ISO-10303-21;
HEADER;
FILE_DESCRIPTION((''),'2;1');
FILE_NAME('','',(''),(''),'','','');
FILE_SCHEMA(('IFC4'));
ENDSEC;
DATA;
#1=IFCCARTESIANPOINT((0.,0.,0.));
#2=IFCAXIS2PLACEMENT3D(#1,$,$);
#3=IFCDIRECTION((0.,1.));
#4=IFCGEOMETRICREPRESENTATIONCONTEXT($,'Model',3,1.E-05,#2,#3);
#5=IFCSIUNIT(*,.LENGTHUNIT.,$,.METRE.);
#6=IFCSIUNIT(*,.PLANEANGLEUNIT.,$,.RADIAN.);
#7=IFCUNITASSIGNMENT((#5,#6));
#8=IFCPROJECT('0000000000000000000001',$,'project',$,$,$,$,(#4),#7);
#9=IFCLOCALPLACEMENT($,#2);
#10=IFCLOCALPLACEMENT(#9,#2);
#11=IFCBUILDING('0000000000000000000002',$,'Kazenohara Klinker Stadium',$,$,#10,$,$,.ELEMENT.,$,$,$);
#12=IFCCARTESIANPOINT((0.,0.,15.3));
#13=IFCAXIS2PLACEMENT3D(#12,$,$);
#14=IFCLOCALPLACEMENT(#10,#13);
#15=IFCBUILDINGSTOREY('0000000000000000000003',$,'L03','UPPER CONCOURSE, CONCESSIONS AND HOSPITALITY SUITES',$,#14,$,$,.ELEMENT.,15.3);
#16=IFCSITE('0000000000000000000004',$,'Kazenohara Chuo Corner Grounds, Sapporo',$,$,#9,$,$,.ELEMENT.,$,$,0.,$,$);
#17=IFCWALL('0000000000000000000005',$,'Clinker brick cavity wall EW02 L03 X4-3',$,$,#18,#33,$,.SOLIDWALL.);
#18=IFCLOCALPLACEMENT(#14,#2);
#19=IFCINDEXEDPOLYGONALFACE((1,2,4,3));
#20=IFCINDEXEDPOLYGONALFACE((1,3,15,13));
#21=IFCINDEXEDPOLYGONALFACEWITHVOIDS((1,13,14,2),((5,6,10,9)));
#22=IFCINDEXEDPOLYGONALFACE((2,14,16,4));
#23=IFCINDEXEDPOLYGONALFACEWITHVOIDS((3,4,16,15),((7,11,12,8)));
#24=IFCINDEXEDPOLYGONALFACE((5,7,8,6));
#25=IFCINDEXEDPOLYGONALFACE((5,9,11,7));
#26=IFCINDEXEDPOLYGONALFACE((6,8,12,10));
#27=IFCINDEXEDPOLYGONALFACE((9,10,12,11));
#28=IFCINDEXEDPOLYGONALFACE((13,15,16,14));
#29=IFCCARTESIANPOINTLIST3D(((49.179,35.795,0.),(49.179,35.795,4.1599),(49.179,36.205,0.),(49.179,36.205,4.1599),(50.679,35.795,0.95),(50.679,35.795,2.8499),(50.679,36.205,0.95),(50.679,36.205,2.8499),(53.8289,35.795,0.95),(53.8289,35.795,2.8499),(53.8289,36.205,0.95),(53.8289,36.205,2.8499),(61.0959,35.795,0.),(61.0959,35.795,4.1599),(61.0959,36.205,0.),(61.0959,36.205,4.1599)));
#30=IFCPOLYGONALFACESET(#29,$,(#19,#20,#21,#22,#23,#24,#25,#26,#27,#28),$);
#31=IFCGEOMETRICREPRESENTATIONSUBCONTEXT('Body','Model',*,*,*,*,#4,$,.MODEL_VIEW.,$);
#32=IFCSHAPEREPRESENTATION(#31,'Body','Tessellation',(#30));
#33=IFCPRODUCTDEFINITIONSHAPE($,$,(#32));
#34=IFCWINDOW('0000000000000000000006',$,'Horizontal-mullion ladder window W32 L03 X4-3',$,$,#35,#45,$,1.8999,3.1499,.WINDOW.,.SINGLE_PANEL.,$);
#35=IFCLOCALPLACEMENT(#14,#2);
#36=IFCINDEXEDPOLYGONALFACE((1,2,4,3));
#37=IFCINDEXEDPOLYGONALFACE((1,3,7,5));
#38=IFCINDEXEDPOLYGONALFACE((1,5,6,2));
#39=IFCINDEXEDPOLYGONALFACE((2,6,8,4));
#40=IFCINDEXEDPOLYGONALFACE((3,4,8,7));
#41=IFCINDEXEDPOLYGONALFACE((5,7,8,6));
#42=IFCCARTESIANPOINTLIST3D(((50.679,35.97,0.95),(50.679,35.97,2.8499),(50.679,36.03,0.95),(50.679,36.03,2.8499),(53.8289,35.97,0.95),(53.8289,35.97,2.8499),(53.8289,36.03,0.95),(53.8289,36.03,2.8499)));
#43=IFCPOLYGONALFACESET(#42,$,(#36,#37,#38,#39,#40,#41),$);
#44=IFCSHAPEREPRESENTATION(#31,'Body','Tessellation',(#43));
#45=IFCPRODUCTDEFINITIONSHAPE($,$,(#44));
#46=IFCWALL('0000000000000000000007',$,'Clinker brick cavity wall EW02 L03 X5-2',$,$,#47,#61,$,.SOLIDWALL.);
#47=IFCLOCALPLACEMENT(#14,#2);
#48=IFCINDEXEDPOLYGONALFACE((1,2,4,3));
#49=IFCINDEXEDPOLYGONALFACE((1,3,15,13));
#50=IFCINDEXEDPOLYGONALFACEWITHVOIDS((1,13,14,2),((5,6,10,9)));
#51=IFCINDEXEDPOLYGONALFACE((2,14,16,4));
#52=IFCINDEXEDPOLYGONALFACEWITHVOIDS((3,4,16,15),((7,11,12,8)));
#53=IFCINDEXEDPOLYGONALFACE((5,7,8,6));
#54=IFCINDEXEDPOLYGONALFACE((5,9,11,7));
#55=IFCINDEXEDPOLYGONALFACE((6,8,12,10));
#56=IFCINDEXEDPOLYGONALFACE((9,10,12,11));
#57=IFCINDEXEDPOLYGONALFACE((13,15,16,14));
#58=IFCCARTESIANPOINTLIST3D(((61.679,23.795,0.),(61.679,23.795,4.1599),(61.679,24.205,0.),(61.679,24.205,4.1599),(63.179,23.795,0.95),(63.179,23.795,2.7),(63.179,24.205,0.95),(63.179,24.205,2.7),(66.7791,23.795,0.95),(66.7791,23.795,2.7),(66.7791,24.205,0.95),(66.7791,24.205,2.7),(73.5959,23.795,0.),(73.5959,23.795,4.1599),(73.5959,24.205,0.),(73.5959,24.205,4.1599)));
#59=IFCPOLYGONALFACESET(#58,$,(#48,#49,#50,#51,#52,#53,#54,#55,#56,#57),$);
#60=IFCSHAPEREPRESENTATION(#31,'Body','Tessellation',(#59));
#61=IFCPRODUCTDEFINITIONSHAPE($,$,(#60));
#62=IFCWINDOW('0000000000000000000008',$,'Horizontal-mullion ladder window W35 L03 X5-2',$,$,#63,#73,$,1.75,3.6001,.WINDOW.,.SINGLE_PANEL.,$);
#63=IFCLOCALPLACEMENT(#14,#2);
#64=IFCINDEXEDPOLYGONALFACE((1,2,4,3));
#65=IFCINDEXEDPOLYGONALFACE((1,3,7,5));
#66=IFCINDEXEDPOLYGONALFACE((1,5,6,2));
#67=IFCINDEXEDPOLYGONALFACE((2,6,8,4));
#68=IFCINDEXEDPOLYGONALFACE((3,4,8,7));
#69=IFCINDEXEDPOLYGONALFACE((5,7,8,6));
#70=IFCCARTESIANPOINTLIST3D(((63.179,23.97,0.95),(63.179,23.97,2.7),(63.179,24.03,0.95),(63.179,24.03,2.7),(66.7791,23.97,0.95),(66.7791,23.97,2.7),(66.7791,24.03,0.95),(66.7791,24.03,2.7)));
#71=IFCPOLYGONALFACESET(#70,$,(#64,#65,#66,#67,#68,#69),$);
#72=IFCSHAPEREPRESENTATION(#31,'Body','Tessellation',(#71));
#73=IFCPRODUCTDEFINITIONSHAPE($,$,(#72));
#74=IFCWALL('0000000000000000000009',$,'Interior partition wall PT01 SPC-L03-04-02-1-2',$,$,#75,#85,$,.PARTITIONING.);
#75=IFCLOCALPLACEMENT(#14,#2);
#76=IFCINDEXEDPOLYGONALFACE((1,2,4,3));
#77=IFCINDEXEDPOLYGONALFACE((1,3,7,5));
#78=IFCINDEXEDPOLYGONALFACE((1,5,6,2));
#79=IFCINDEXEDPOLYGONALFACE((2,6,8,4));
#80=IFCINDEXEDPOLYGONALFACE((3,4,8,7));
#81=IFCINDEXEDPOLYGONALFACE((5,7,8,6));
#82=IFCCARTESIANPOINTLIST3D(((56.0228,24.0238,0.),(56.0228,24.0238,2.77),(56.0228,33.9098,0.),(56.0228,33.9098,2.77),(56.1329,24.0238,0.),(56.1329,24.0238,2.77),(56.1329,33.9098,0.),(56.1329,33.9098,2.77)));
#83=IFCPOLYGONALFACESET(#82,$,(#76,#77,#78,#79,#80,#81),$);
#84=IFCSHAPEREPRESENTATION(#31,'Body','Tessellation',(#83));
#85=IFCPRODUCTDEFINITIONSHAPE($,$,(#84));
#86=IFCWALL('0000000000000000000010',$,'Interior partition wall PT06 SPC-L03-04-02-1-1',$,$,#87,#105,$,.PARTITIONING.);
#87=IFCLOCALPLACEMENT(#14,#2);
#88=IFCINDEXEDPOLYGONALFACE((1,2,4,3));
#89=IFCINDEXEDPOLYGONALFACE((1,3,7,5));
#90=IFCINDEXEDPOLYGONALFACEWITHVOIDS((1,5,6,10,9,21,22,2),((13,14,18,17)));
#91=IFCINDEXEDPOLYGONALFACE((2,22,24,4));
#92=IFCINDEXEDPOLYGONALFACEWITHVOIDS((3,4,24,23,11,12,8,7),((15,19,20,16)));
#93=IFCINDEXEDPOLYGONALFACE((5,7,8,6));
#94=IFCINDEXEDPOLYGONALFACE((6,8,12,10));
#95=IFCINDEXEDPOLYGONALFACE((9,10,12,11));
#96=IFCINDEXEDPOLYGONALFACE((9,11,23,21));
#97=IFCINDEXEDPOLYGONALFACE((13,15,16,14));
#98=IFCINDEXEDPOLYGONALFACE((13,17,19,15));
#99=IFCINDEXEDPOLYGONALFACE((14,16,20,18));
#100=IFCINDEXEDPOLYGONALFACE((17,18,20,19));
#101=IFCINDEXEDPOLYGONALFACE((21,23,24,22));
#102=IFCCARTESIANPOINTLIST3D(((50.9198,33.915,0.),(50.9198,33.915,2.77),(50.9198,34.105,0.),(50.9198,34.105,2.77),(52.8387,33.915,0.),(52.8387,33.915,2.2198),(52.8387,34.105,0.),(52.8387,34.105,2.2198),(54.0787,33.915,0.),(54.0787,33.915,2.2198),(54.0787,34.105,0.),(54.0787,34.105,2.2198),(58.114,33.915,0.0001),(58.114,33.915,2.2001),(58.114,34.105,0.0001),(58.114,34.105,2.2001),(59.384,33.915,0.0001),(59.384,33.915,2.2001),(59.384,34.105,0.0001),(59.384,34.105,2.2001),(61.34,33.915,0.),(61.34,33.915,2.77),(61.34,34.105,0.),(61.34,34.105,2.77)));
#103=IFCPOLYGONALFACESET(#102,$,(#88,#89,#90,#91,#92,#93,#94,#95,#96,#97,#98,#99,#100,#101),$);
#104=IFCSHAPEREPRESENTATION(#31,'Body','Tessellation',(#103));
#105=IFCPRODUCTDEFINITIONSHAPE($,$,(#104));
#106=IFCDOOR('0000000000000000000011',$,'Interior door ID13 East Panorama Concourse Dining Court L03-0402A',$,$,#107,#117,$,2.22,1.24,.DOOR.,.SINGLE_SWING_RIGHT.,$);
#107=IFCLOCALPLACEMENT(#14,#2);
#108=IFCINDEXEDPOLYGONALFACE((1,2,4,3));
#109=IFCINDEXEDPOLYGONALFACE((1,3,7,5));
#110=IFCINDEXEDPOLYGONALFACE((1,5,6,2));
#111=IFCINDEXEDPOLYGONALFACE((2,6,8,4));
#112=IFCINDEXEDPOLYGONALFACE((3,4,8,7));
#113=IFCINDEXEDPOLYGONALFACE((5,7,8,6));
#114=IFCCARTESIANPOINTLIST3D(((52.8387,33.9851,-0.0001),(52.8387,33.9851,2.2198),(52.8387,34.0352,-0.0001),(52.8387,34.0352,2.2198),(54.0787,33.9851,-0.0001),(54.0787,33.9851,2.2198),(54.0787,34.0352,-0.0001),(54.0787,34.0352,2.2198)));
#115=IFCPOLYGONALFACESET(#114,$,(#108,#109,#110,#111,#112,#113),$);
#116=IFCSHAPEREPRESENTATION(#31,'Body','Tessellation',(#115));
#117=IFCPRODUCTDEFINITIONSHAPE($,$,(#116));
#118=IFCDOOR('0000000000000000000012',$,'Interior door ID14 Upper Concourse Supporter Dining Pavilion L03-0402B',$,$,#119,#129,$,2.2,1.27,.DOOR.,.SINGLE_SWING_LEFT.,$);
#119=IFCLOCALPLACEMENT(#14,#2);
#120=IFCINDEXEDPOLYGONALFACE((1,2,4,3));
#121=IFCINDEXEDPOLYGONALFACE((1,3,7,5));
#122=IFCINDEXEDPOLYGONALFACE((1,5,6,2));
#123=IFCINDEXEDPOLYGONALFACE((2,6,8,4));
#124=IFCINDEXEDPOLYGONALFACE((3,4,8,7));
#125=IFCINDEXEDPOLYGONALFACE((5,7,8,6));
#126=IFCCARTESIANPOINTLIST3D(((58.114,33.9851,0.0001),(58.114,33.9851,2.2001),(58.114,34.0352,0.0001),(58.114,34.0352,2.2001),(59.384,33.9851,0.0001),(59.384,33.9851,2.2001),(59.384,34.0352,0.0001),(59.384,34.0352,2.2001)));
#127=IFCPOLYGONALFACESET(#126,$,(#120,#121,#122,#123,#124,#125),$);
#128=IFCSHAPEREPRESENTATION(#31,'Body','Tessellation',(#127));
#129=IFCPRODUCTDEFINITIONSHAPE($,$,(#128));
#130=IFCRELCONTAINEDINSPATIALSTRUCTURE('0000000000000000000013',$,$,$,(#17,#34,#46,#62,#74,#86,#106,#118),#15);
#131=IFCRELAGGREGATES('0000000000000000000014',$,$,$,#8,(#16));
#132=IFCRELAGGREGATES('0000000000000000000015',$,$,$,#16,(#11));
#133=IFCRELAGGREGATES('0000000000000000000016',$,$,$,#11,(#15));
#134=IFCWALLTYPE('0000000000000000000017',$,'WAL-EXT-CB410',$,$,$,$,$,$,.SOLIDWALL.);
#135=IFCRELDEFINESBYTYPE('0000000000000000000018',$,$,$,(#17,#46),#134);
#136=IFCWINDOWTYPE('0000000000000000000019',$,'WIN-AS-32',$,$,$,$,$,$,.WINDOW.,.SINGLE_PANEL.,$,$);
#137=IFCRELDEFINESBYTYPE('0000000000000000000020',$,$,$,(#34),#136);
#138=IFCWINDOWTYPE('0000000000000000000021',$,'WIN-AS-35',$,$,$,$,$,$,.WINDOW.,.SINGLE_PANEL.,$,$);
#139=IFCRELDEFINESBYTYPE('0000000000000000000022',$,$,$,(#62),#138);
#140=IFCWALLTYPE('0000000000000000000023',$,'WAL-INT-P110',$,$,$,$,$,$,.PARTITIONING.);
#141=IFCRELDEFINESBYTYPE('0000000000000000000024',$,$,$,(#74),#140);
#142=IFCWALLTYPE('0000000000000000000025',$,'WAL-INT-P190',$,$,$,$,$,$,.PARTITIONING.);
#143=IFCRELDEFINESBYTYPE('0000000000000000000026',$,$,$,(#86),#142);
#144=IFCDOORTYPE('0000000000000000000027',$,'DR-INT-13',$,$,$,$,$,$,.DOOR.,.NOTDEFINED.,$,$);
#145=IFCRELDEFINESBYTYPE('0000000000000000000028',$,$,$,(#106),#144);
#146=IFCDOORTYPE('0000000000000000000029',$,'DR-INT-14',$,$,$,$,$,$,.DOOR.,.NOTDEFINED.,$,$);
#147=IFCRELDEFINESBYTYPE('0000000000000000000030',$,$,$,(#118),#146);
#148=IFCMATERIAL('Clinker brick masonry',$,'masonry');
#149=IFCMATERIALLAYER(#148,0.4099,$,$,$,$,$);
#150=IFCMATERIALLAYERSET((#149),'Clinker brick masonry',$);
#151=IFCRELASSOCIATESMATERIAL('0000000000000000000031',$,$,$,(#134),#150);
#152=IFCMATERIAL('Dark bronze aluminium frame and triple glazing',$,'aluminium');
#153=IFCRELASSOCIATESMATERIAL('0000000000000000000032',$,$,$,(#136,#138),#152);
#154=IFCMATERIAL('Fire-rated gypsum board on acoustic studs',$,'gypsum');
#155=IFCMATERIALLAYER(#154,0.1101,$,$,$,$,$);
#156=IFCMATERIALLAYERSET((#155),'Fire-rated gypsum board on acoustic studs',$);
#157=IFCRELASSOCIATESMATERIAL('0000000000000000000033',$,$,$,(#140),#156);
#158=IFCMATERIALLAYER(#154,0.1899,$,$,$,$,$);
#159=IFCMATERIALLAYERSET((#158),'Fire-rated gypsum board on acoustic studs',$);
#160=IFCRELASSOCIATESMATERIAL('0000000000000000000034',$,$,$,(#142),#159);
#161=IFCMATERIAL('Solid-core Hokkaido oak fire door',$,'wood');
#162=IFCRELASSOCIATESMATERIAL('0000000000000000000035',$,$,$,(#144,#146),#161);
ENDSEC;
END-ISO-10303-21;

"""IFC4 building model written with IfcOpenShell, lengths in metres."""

from ifc_helpers import new_model, si_unit, direction, frame, frame_2d, origin, place, context, subcontext, project, spatial, rectangle, extrude, material, layer, layer_set, type_object, element, fill, save


model = new_model("IFC4")

# Units and contexts
model_context = context("Model", 3, precision=1e-05, world=origin(), true_north=direction((0.0, 1.0)))
body_context = subcontext(model_context, "Body", "Model", "MODEL_VIEW")
ifc_project = project(units=[si_unit("LENGTHUNIT", "METRE"), si_unit("PLANEANGLEUNIT", "RADIAN")], contexts=[model_context])

# Site, building, storey
site_placement = place(None, origin())
site = spatial("IfcSite", under=ifc_project, at=site_placement, Name="Kazenohara Chuo Corner Grounds, Sapporo", CompositionType="ELEMENT", RefElevation=0.0)
building_placement = place(site_placement, origin())
building = spatial("IfcBuilding", under=site, at=building_placement, Name="Kazenohara Klinker Stadium", CompositionType="ELEMENT")
storey_placement = place(building_placement, frame((0.0, 0.0, 15.3)))
storey = spatial("IfcBuildingStorey", under=building, at=storey_placement, Name="L03", Description="UPPER CONCOURSE, CONCESSIONS AND HOSPITALITY SUITES", CompositionType="ELEMENT", Elevation=15.3)

# Walls, openings, windows
ifc_material_1 = material(Name="Clinker brick masonry", Category="masonry")
ifc_layer_1 = layer(ifc_material_1, 0.4099)
ifc_layer_set_1 = layer_set([ifc_layer_1], Name="Clinker brick masonry")
wall_type_1 = type_object("IfcWallType", Name="WAL-EXT-CB410", PredefinedType="SOLIDWALL", material=ifc_layer_set_1)
wall_1_placement = place(storey_placement, frame((49.179, 36.0, 0.0), z_axis=(0.0, 0.0, 1.0), x_axis=(1.0, 0.0, 0.0)))
wall_1 = element("IfcWall", 1, at=wall_1_placement, inside=storey, type_object=wall_type_1, Name="Clinker brick cavity wall EW02 L03 X4-3", PredefinedType="SOLIDWALL", context=body_context, shape_type="SweptSolid", body=[
    extrude(rectangle(XDim=11.917, YDim=0.4099, at=frame_2d((5.9585, 0.0))), origin(), (0.0, 0.0, 1.0), 4.1599),
])
opening_1_placement = place(wall_1_placement, frame((1.5, 0.0, 0.95)))
opening_1 = element("IfcOpeningElement", 2, at=opening_1_placement, cuts=wall_1, PredefinedType="OPENING", context=body_context, shape_type="SweptSolid", body=[
    extrude(rectangle(XDim=3.1499, YDim=1.8999, at=frame_2d((1.575, 0.95))), frame((0.0, 0.2148, 0.0), z_axis=(0.0, -1.0, 0.0), x_axis=(1.0, 0.0, 0.0)), (0.0, 0.0, 1.0), 0.4299),
])
ifc_material_2 = material(Name="Dark bronze aluminium frame and triple glazing", Category="aluminium")
window_type_1 = type_object("IfcWindowType", Name="WIN-AS-32", PartitioningType="SINGLE_PANEL", PredefinedType="WINDOW", material=ifc_material_2)
window_1_placement = place(opening_1_placement, origin())
window_1 = element("IfcWindow", 3, at=window_1_placement, inside=storey, type_object=window_type_1, Name="Horizontal-mullion ladder window W32 L03 X4-3", OverallHeight=1.8999, OverallWidth=3.1499, PartitioningType="SINGLE_PANEL", PredefinedType="WINDOW", context=body_context, shape_type="SweptSolid", body=[
    extrude(rectangle(XDim=3.1499, YDim=1.8999, at=frame_2d((1.575, 0.95))), frame((0.0, 0.03, 0.0), z_axis=(0.0, -1.0, 0.0), x_axis=(1.0, 0.0, 0.0)), (0.0, 0.0, 1.0), 0.0601),
])
fill(opening_1, window_1)
wall_2_placement = place(storey_placement, frame((61.679, 24.0, 0.0), z_axis=(0.0, 0.0, 1.0), x_axis=(1.0, 0.0, 0.0)))
wall_2 = element("IfcWall", 4, at=wall_2_placement, inside=storey, type_object=wall_type_1, Name="Clinker brick cavity wall EW02 L03 X5-2", PredefinedType="SOLIDWALL", context=body_context, shape_type="SweptSolid", body=[
    extrude(rectangle(XDim=11.917, YDim=0.4099, at=frame_2d((5.9585, 0.0))), origin(), (0.0, 0.0, 1.0), 4.1599),
])
opening_2_placement = place(wall_2_placement, frame((1.5, 0.0, 0.95)))
opening_2 = element("IfcOpeningElement", 5, at=opening_2_placement, cuts=wall_2, PredefinedType="OPENING", context=body_context, shape_type="SweptSolid", body=[
    extrude(rectangle(XDim=3.6001, YDim=1.75, at=frame_2d((1.8, 0.875))), frame((0.0, 0.2148, 0.0), z_axis=(0.0, -1.0, 0.0), x_axis=(1.0, 0.0, 0.0)), (0.0, 0.0, 1.0), 0.4299),
])
window_type_2 = type_object("IfcWindowType", Name="WIN-AS-35", PartitioningType="SINGLE_PANEL", PredefinedType="WINDOW", material=ifc_material_2)
window_2_placement = place(opening_2_placement, origin())
window_2 = element("IfcWindow", 6, at=window_2_placement, inside=storey, type_object=window_type_2, Name="Horizontal-mullion ladder window W35 L03 X5-2", OverallHeight=1.75, OverallWidth=3.6001, PartitioningType="SINGLE_PANEL", PredefinedType="WINDOW", context=body_context, shape_type="SweptSolid", body=[
    extrude(rectangle(XDim=3.6001, YDim=1.75, at=frame_2d((1.8, 0.875))), frame((0.0, 0.03, 0.0), z_axis=(0.0, -1.0, 0.0), x_axis=(1.0, 0.0, 0.0)), (0.0, 0.0, 1.0), 0.0601),
])
fill(opening_2, window_2)

# Wall
ifc_material_3 = material(Name="Fire-rated gypsum board on acoustic studs", Category="gypsum")
ifc_layer_2 = layer(ifc_material_3, 0.1101)
ifc_layer_set_2 = layer_set([ifc_layer_2], Name="Fire-rated gypsum board on acoustic studs")
wall_type_2 = type_object("IfcWallType", Name="WAL-INT-P110", PredefinedType="PARTITIONING", material=ifc_layer_set_2)
wall_3_placement = place(storey_placement, frame((56.0779, 24.0239, 0.0), z_axis=(0.0, 0.0, 1.0), x_axis=(0.0, 1.0, 0.0)))
element("IfcWall", 7, at=wall_3_placement, inside=storey, type_object=wall_type_2, Name="Interior partition wall PT01 SPC-L03-04-02-1-2", PredefinedType="PARTITIONING", context=body_context, shape_type="SweptSolid", body=[
    extrude(rectangle(XDim=9.886, YDim=0.1101, at=frame_2d((4.9429, 0.0))), origin(), (0.0, 0.0, 1.0), 2.77),
])

# Wall, openings, doors
ifc_layer_3 = layer(ifc_material_3, 0.1899)
ifc_layer_set_3 = layer_set([ifc_layer_3], Name="Fire-rated gypsum board on acoustic studs")
wall_type_3 = type_object("IfcWallType", Name="WAL-INT-P190", PredefinedType="PARTITIONING", material=ifc_layer_set_3)
wall_4_placement = place(storey_placement, frame((50.9199, 34.01, 0.0), z_axis=(0.0, 0.0, 1.0), x_axis=(1.0, 0.0, 0.0)))
wall_4 = element("IfcWall", 8, at=wall_4_placement, inside=storey, type_object=wall_type_3, Name="Interior partition wall PT06 SPC-L03-04-02-1-1", PredefinedType="PARTITIONING", context=body_context, shape_type="SweptSolid", body=[
    extrude(rectangle(XDim=10.4202, YDim=0.1899, at=frame_2d((5.21, 0.0))), origin(), (0.0, 0.0, 1.0), 2.77),
])
opening_3_placement = place(wall_4_placement, frame((3.1589, 0.0, 0.0), z_axis=(0.0, 0.0, 1.0), x_axis=(-1.0, 0.0, 0.0)))
opening_3 = element("IfcOpeningElement", 9, at=opening_3_placement, cuts=wall_4, PredefinedType="OPENING", context=body_context, shape_type="SweptSolid", body=[
    extrude(rectangle(XDim=1.24, YDim=2.22, at=frame_2d((0.6201, 1.1099))), frame((0.0, 0.105, 0.0), z_axis=(0.0, -1.0, 0.0), x_axis=(1.0, 0.0, 0.0)), (0.0, 0.0, 1.0), 0.21),
])
opening_4_placement = place(wall_4_placement, frame((8.4641, 0.0, 0.0), z_axis=(0.0, 0.0, 1.0), x_axis=(-1.0, 0.0, 0.0)))
opening_4 = element("IfcOpeningElement", 10, at=opening_4_placement, cuts=wall_4, PredefinedType="OPENING", context=body_context, shape_type="SweptSolid", body=[
    extrude(rectangle(XDim=1.27, YDim=2.2, at=frame_2d((0.635, 1.1001))), frame((0.0, 0.105, 0.0), z_axis=(0.0, -1.0, 0.0), x_axis=(1.0, 0.0, 0.0)), (0.0, 0.0, 1.0), 0.21),
])
ifc_material_4 = material(Name="Solid-core Hokkaido oak fire door", Category="wood")
door_type_1 = type_object("IfcDoorType", Name="DR-INT-13", OperationType="NOTDEFINED", PredefinedType="DOOR", material=ifc_material_4)
door_1_placement = place(opening_3_placement, origin())
door_1 = element("IfcDoor", 11, at=door_1_placement, inside=storey, type_object=door_type_1, Name="Interior door ID13 East Panorama Concourse Dining Court L03-0402A", OperationType="SINGLE_SWING_RIGHT", OverallHeight=2.22, OverallWidth=1.24, PredefinedType="DOOR", context=body_context, shape_type="SweptSolid", body=[
    extrude(rectangle(XDim=1.24, YDim=2.22, at=frame_2d((0.6201, 1.1099))), frame((0.0, 0.0249, 0.0), z_axis=(0.0, -1.0, 0.0), x_axis=(1.0, 0.0, 0.0)), (0.0, 0.0, 1.0), 0.05),
])
fill(opening_3, door_1)
door_type_2 = type_object("IfcDoorType", Name="DR-INT-14", OperationType="NOTDEFINED", PredefinedType="DOOR", material=ifc_material_4)
door_2_placement = place(opening_4_placement, origin())
door_2 = element("IfcDoor", 12, at=door_2_placement, inside=storey, type_object=door_type_2, Name="Interior door ID14 Upper Concourse Supporter Dining Pavilion L03-0402B", OperationType="SINGLE_SWING_LEFT", OverallHeight=2.2, OverallWidth=1.27, PredefinedType="DOOR", context=body_context, shape_type="SweptSolid", body=[
    extrude(rectangle(XDim=1.27, YDim=2.2, at=frame_2d((0.635, 1.1001))), frame((0.0, 0.0249, 0.0), z_axis=(0.0, -1.0, 0.0), x_axis=(1.0, 0.0, 0.0)), (0.0, 0.0, 1.0), 0.05),
])
fill(opening_4, door_2)

save(model, "model.ifc")
